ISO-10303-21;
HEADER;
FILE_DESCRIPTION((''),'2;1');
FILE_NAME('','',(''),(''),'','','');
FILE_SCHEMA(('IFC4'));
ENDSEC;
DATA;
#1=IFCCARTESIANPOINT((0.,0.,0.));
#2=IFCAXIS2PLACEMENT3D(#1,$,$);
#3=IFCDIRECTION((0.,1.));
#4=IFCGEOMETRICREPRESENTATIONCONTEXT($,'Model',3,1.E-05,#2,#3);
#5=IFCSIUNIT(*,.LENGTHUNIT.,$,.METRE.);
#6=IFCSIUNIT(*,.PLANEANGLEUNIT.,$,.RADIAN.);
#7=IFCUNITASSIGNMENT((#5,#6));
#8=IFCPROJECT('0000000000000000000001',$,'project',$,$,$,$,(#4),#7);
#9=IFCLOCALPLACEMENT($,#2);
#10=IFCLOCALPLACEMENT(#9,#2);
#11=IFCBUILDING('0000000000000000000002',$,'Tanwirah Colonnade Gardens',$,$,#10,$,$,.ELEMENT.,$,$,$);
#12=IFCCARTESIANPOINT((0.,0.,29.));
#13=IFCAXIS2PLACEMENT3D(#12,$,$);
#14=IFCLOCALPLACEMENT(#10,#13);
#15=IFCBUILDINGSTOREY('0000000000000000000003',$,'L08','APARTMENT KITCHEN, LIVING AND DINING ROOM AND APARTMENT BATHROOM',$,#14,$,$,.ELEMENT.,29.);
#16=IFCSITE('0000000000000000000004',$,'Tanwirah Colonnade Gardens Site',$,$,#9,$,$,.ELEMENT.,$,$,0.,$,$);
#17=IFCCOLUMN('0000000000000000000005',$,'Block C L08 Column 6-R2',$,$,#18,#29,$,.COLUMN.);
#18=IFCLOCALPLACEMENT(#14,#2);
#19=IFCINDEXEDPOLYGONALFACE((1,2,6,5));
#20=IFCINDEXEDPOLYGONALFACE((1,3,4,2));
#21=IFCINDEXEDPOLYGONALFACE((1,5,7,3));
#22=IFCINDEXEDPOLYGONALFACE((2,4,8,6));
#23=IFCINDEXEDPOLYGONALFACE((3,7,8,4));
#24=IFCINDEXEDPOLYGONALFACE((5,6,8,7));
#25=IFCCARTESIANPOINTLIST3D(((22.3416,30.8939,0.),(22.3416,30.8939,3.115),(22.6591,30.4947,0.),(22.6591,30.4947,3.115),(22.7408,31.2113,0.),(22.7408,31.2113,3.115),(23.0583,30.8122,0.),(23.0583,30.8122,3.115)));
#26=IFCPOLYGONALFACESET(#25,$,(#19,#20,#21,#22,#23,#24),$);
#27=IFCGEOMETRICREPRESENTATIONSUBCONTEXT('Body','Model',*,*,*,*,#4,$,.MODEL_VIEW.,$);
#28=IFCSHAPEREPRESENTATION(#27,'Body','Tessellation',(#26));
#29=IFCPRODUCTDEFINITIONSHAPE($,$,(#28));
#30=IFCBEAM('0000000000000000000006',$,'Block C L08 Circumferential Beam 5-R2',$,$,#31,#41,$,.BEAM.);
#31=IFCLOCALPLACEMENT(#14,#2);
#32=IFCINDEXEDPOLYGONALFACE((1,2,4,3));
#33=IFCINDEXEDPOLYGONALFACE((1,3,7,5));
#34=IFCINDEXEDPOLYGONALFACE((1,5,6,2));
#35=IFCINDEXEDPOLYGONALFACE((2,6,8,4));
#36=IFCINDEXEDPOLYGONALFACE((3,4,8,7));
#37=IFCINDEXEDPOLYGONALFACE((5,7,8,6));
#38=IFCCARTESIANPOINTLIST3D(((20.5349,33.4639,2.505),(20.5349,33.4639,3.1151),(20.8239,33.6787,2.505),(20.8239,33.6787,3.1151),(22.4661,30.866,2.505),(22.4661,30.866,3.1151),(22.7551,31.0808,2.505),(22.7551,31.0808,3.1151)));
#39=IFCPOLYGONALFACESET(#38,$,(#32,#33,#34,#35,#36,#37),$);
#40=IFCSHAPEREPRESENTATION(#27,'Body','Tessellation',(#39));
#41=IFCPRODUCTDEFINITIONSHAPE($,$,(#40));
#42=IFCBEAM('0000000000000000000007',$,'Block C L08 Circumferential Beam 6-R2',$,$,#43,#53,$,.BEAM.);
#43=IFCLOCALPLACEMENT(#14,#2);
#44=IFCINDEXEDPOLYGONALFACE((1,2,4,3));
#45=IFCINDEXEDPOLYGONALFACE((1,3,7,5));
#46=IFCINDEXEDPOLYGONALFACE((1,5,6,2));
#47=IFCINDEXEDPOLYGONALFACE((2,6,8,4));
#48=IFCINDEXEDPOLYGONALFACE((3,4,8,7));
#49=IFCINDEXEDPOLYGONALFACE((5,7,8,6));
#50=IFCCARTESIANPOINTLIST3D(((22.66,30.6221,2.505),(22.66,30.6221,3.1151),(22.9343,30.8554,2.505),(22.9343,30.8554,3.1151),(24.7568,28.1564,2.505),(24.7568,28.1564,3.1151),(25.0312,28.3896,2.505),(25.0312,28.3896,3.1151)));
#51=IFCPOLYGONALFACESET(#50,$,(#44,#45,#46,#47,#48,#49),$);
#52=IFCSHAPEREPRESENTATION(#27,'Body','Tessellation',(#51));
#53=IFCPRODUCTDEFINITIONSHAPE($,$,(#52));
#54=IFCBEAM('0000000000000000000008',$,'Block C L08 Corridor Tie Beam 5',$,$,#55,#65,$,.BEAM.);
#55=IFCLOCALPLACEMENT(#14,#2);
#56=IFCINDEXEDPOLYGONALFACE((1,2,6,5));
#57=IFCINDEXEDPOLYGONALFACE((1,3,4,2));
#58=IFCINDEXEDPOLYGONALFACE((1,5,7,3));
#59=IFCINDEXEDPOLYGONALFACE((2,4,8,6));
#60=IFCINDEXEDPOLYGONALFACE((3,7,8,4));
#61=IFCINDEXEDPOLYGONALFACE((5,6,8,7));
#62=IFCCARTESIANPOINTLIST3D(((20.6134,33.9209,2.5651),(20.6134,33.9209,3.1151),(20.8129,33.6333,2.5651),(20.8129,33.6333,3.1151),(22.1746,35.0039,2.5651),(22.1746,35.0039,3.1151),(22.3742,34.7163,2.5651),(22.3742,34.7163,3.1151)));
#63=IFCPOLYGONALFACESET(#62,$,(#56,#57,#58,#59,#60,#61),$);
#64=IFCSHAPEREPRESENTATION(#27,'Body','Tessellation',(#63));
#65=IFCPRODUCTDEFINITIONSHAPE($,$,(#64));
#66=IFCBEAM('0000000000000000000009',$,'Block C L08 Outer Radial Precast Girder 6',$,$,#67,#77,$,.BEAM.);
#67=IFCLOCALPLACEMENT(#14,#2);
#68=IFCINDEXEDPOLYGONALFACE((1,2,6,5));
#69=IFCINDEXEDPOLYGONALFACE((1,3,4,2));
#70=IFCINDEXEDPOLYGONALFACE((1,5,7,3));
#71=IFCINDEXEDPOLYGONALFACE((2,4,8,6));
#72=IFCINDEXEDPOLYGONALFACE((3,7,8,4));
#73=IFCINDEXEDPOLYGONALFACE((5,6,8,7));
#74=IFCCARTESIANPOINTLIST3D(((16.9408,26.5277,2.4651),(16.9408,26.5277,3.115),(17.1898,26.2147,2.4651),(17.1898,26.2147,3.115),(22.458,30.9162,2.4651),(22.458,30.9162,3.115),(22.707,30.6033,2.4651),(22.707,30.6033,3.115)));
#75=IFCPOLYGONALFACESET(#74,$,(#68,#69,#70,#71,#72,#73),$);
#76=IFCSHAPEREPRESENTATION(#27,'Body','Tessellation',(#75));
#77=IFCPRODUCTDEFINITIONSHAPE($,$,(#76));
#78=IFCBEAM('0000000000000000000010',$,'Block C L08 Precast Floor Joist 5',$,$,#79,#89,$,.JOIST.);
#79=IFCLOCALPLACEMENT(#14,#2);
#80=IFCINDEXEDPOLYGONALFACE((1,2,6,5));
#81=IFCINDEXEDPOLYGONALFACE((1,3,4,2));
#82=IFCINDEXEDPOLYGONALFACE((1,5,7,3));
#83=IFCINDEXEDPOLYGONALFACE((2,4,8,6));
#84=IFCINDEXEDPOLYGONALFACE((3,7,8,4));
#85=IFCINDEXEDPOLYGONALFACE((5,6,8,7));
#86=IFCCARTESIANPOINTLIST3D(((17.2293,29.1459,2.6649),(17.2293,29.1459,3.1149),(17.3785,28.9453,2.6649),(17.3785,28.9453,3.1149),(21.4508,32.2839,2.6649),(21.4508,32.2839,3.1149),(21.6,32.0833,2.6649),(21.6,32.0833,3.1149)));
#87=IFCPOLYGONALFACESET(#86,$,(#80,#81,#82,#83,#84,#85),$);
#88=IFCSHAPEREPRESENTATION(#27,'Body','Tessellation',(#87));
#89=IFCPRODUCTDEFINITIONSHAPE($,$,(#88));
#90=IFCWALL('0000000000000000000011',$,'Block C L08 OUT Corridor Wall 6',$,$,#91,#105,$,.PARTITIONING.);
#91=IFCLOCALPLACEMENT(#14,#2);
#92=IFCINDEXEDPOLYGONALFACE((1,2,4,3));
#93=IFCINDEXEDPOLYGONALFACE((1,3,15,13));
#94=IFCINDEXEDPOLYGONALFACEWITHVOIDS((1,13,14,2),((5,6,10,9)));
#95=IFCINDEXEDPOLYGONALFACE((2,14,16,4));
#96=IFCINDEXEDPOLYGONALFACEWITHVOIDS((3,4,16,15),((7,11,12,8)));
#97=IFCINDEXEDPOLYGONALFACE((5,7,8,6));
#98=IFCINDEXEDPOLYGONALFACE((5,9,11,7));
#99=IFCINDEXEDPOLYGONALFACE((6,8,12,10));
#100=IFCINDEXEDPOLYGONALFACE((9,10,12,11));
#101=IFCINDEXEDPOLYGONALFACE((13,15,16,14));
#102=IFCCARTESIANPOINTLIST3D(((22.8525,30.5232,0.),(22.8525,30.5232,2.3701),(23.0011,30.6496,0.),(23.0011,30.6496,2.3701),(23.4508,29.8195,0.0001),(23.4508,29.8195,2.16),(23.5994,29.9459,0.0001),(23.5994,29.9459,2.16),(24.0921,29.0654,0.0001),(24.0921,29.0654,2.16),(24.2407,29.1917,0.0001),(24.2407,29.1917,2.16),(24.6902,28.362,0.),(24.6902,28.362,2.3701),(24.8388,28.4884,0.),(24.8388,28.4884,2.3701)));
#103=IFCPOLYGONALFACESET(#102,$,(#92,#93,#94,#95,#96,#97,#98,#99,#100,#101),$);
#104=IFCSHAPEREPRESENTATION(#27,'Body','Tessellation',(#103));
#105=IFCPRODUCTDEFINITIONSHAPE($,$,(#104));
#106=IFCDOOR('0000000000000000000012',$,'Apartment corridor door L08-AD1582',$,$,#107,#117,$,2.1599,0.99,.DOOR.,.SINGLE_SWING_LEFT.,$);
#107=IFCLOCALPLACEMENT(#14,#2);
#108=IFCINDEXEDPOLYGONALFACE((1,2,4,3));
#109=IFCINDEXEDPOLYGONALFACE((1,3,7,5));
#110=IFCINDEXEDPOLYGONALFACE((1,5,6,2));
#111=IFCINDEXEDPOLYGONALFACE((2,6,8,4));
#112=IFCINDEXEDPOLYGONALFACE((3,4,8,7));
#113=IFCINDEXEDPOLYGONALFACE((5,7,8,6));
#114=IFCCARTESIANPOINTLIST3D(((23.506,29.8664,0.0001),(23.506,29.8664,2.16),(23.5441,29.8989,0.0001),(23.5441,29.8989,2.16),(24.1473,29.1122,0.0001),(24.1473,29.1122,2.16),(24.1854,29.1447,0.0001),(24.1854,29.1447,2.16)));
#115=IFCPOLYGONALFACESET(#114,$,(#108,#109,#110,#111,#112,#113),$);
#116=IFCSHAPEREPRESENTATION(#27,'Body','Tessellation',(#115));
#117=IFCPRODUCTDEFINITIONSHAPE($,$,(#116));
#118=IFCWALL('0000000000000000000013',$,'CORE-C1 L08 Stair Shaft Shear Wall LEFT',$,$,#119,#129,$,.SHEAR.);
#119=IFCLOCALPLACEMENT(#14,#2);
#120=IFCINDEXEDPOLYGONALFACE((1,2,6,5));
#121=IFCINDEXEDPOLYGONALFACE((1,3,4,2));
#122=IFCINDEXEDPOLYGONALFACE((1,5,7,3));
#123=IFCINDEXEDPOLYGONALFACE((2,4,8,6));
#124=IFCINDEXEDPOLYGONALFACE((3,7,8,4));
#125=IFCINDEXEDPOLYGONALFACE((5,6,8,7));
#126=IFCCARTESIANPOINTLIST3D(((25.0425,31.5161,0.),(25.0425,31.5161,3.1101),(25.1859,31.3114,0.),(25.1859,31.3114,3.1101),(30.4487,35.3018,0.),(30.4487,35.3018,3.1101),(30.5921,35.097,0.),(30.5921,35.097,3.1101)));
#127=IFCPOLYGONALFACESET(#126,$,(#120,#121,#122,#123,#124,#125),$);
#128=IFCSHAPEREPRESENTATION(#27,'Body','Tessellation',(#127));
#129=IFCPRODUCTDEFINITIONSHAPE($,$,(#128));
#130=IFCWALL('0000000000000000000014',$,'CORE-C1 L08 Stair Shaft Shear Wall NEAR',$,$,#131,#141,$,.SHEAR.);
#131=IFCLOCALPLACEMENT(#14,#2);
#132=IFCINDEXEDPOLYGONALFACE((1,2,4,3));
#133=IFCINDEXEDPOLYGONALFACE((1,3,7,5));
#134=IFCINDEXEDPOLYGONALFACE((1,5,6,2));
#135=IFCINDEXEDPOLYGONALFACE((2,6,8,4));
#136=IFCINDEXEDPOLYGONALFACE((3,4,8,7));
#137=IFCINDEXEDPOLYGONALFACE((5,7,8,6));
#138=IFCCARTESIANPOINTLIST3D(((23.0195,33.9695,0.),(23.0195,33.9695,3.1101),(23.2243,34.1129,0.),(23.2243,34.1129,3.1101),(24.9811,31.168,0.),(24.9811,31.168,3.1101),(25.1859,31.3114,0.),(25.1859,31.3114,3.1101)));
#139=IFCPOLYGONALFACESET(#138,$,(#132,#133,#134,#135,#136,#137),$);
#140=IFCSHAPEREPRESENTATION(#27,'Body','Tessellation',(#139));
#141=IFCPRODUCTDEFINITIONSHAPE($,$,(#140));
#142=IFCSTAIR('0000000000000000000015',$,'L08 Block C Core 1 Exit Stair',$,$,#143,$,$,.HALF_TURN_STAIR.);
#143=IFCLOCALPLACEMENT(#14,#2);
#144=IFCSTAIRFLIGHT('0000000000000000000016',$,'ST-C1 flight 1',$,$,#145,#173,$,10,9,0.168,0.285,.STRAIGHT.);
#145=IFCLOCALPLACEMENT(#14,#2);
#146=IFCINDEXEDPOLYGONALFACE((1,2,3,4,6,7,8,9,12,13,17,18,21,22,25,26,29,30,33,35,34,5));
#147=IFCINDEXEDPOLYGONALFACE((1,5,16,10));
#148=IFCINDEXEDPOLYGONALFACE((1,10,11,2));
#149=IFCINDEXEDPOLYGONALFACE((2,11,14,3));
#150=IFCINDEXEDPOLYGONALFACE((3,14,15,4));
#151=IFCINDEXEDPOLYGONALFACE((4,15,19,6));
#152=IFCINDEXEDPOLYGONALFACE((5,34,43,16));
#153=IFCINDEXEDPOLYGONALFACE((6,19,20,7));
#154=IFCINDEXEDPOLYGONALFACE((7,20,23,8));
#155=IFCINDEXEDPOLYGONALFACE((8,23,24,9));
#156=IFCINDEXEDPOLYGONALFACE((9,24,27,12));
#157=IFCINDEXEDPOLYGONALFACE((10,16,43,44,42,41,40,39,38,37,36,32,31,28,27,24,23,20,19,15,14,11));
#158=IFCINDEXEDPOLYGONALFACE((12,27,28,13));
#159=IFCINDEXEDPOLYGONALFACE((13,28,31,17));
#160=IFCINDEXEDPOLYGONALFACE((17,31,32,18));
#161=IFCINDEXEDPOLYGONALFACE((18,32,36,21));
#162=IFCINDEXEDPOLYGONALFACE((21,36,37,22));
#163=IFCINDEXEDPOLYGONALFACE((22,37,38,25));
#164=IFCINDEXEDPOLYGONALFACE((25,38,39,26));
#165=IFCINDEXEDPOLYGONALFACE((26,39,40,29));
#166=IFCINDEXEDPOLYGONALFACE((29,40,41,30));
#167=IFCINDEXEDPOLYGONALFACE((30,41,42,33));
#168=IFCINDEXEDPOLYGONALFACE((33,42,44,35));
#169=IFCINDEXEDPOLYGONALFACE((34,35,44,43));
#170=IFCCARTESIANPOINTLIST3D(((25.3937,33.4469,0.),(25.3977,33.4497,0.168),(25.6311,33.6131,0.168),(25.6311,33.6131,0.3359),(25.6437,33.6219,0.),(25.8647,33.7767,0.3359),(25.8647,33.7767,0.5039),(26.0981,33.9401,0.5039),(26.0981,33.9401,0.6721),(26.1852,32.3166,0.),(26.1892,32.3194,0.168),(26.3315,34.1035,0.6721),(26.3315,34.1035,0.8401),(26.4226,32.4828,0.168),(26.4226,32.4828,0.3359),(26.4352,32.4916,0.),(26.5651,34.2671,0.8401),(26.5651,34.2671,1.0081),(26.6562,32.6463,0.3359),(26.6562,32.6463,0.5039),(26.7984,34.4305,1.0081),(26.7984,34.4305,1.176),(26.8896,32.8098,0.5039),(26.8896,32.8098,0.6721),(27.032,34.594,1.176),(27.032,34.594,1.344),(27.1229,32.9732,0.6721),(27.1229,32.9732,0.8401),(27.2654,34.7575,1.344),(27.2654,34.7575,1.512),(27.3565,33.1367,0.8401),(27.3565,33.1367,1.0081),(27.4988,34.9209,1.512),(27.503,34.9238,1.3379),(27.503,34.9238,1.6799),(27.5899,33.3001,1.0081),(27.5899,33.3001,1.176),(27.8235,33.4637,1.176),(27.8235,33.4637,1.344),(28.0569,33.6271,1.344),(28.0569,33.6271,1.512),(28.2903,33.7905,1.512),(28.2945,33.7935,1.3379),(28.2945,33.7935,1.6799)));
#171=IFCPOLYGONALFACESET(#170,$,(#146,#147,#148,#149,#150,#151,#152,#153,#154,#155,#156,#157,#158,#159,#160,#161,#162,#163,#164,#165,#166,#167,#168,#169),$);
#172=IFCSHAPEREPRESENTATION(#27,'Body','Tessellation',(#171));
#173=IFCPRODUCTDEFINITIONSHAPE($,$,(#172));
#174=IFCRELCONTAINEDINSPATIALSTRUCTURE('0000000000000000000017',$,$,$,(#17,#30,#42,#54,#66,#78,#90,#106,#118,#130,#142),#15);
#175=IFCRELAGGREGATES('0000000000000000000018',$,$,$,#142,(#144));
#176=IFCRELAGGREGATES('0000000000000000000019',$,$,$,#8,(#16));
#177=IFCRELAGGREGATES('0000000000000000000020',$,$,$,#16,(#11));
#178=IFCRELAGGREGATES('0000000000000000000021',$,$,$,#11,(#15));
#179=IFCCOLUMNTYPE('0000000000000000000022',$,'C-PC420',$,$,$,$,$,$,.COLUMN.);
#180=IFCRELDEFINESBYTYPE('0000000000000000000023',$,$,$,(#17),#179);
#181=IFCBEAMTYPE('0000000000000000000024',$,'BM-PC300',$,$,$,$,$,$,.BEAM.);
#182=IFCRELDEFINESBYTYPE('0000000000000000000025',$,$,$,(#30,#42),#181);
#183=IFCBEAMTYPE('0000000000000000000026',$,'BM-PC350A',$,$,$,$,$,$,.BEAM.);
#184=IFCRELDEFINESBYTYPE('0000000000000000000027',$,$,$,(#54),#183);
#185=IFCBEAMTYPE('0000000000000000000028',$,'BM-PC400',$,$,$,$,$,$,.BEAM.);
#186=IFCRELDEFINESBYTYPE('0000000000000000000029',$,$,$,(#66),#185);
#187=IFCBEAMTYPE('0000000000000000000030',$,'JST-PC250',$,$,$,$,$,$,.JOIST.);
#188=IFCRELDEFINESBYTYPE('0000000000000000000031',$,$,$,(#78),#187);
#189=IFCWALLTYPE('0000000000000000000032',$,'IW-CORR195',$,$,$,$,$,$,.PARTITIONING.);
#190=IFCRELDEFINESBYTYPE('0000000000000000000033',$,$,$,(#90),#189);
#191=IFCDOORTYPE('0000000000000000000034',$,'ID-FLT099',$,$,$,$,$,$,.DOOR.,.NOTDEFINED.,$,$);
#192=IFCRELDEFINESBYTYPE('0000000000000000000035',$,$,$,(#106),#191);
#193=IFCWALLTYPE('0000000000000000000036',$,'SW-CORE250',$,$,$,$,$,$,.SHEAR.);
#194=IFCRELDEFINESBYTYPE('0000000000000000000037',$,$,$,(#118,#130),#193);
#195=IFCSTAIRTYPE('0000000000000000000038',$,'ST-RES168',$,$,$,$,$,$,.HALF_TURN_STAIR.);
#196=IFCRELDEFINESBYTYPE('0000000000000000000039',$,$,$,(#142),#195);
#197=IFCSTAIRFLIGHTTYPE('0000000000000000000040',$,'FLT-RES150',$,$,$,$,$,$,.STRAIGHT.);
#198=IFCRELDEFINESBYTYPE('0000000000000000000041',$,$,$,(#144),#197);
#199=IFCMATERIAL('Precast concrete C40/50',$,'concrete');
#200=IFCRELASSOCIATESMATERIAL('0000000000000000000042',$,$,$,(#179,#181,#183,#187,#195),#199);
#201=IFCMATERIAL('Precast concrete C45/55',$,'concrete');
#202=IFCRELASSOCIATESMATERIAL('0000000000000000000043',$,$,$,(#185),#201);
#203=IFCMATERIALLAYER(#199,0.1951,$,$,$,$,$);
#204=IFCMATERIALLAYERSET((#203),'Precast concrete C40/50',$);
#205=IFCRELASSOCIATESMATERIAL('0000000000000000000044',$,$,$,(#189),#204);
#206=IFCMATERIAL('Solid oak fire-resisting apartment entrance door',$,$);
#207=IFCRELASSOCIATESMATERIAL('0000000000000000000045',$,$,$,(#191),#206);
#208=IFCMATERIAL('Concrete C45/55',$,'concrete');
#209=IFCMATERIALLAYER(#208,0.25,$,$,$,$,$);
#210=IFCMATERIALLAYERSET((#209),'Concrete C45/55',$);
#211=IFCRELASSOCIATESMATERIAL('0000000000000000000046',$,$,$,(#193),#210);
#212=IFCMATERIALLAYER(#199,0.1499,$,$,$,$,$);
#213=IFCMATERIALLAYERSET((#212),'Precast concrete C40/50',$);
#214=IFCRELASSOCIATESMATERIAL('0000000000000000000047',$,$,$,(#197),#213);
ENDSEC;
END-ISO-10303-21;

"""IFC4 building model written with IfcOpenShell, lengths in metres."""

from ifc_helpers import new_model, si_unit, direction, frame, frame_2d, origin, origin_2d, place, context, subcontext, project, spatial, polyline, rectangle, outline, extrude, material, layer, layer_set, material_profile, profile_set, type_object, element, fill, aggregate, save


model = new_model("IFC4")

# Units and contexts
model_context = context("Model", 3, precision=1e-05, world=origin(), true_north=direction((0.0, 1.0)))
body_context = subcontext(model_context, "Body", "Model", "MODEL_VIEW")
ifc_project = project(units=[si_unit("LENGTHUNIT", "METRE"), si_unit("PLANEANGLEUNIT", "RADIAN")], contexts=[model_context])

# Site, building, storey
site_placement = place(None, origin())
site = spatial("IfcSite", under=ifc_project, at=site_placement, Name="Tanwirah Colonnade Gardens Site", CompositionType="ELEMENT", RefElevation=0.0)
building_placement = place(site_placement, origin())
building = spatial("IfcBuilding", under=site, at=building_placement, Name="Tanwirah Colonnade Gardens", CompositionType="ELEMENT")
storey_placement = place(building_placement, frame((0.0, 0.0, 29.0)))
storey = spatial("IfcBuildingStorey", under=building, at=storey_placement, Name="L08", Description="APARTMENT KITCHEN, LIVING AND DINING ROOM AND APARTMENT BATHROOM", CompositionType="ELEMENT", Elevation=29.0)

# Column
ifc_material_1 = material(Name="Precast concrete C40/50", Category="concrete")
ifc_material_profile_1 = material_profile(ifc_material_1, rectangle(XDim=0.51, YDim=0.51, at=origin_2d()), Name="PC-COL 510x510")
ifc_profile_set_1 = profile_set([ifc_material_profile_1], Name="Precast concrete C40/50")
column_type = type_object("IfcColumnType", Name="C-PC420", PredefinedType="COLUMN", material=ifc_profile_set_1)
column_placement = place(storey_placement, frame((22.7, 30.853, 0.0), z_axis=(0.0, 0.0, 1.0), x_axis=(-0.782608, -0.622515, 0.0)))
element("IfcColumn", 1, at=column_placement, inside=storey, type_object=column_type, Name="Block C L08 Column 6-R2", PredefinedType="COLUMN", context=body_context, shape_type="SweptSolid", body=[
    extrude(rectangle(XDim=0.51, YDim=0.51, at=origin_2d()), origin(), (0.0, 0.0, 1.0), 3.115),
])

# Beams
ifc_material_profile_2 = material_profile(ifc_material_1, rectangle(XDim=0.3601, YDim=0.6101, at=origin_2d()), Name="PC-BM 360x610")
ifc_profile_set_2 = profile_set([ifc_material_profile_2], Name="Precast concrete C40/50")
beam_type_1 = type_object("IfcBeamType", Name="BM-PC300", PredefinedType="BEAM", material=ifc_profile_set_2)
beam_1_placement = place(storey_placement, frame((20.6794, 33.5713, 2.8101), z_axis=(0.596579, -0.802554, 0.0), x_axis=(0.802554, 0.596579, 0.0)))
element("IfcBeam", 2, at=beam_1_placement, inside=storey, type_object=beam_type_1, Name="Block C L08 Circumferential Beam 5-R2", PredefinedType="BEAM", context=body_context, shape_type="SweptSolid", body=[
    extrude(rectangle(XDim=0.3601, YDim=0.6101, at=origin_2d()), origin(), (0.0, 0.0, 1.0), 3.2371),
])
beam_2_placement = place(storey_placement, frame((22.7971, 30.7388, 2.8101), z_axis=(0.647824, -0.76179, 0.0), x_axis=(0.76179, 0.647824, 0.0)))
element("IfcBeam", 3, at=beam_2_placement, inside=storey, type_object=beam_type_1, Name="Block C L08 Circumferential Beam 6-R2", PredefinedType="BEAM", context=body_context, shape_type="SweptSolid", body=[
    extrude(rectangle(XDim=0.3601, YDim=0.6101, at=origin_2d()), origin(), (0.0, 0.0, 1.0), 3.2368),
])
ifc_material_profile_3 = material_profile(ifc_material_1, rectangle(XDim=0.3501, YDim=0.55, at=origin_2d()), Name="PC-BM 350x550")
ifc_profile_set_3 = profile_set([ifc_material_profile_3], Name="Precast concrete C40/50")
beam_type_2 = type_object("IfcBeamType", Name="BM-PC350A", PredefinedType="BEAM", material=ifc_profile_set_3)
beam_3_placement = place(storey_placement, frame((22.2744, 34.8601, 2.8401), z_axis=(-0.821669, -0.569965, 0.0), x_axis=(0.569965, -0.821669, 0.0)))
element("IfcBeam", 4, at=beam_3_placement, inside=storey, type_object=beam_type_2, Name="Block C L08 Corridor Tie Beam 5", PredefinedType="BEAM", context=body_context, shape_type="SweptSolid", body=[
    extrude(rectangle(XDim=0.3501, YDim=0.55, at=origin_2d()), origin(), (0.0, 0.0, 1.0), 1.9001),
])
ifc_material_2 = material(Name="Precast concrete C45/55", Category="concrete")
ifc_material_profile_4 = material_profile(ifc_material_2, rectangle(XDim=0.3999, YDim=0.6499, at=origin_2d()), Name="PC-BM 400x650")
ifc_profile_set_4 = profile_set([ifc_material_profile_4], Name="Precast concrete C45/55")
beam_type_3 = type_object("IfcBeamType", Name="BM-PC400", PredefinedType="BEAM", material=ifc_profile_set_4)
beam_4_placement = place(storey_placement, frame((22.5825, 30.7598, 2.79), z_axis=(-0.782609, -0.622513, 0.0), x_axis=(0.622513, -0.782609, 0.0)))
element("IfcBeam", 5, at=beam_4_placement, inside=storey, type_object=beam_type_3, Name="Block C L08 Outer Radial Precast Girder 6", PredefinedType="BEAM", context=body_context, shape_type="SweptSolid", body=[
    extrude(rectangle(XDim=0.3999, YDim=0.6499, at=origin_2d()), origin(), (0.0, 0.0, 1.0), 7.0498),
])
ifc_material_profile_5 = material_profile(ifc_material_1, rectangle(XDim=0.25, YDim=0.45, at=origin_2d()), Name="PC-JST 250x450")
ifc_profile_set_5 = profile_set([ifc_material_profile_5], Name="Precast concrete C40/50")
beam_type_4 = type_object("IfcBeamType", Name="JST-PC250", PredefinedType="JOIST", material=ifc_profile_set_5)
beam_5_placement = place(storey_placement, frame((21.5254, 32.1836, 2.8899), z_axis=(-0.80256, -0.596571, 0.0), x_axis=(0.596571, -0.80256, 0.0)))
element("IfcBeam", 6, at=beam_5_placement, inside=storey, type_object=beam_type_4, Name="Block C L08 Precast Floor Joist 5", PredefinedType="JOIST", context=body_context, shape_type="SweptSolid", body=[
    extrude(rectangle(XDim=0.25, YDim=0.45, at=origin_2d()), origin(), (0.0, 0.0, 1.0), 5.26),
])

# Wall, opening, door
ifc_layer_1 = layer(ifc_material_1, 0.1951)
ifc_layer_set_1 = layer_set([ifc_layer_1], Name="Precast concrete C40/50")
wall_type_1 = type_object("IfcWallType", Name="IW-CORR195", PredefinedType="PARTITIONING", material=ifc_layer_set_1)
ifc_material_3 = material(Name="Solid oak fire-resisting apartment entrance door")
wall_1_placement = place(storey_placement, frame((22.9268, 30.5864, 0.0), z_axis=(0.0, 0.0, 1.0), x_axis=(0.647788, -0.76182, 0.0)))
wall_1 = element("IfcWall", 7, at=wall_1_placement, inside=storey, type_object=wall_type_1, Name="Block C L08 OUT Corridor Wall 6", PredefinedType="PARTITIONING", context=body_context, shape_type="SweptSolid", body=[
    extrude(rectangle(XDim=2.8369, YDim=0.1951, at=frame_2d((1.4185, 0.0))), origin(), (0.0, 0.0, 1.0), 2.3701),
])
opening_1_placement = place(wall_1_placement, frame((0.9236, 0.0, 0.0)))
opening_1 = element("IfcOpeningElement", 8, at=opening_1_placement, cuts=wall_1, PredefinedType="OPENING", context=body_context, shape_type="SweptSolid", body=[
    extrude(rectangle(XDim=0.99, YDim=2.1599, at=frame_2d((0.4951, 1.0801))), frame((0.0, 0.1074, 0.0), z_axis=(0.0, -1.0, 0.0), x_axis=(1.0, 0.0, 0.0)), (0.0, 0.0, 1.0), 0.2151),
])
door_type_1 = type_object("IfcDoorType", Name="ID-FLT099", OperationType="NOTDEFINED", PredefinedType="DOOR", material=ifc_material_3)
door_1_placement = place(opening_1_placement, origin())
door_1 = element("IfcDoor", 9, at=door_1_placement, inside=storey, type_object=door_type_1, Name="Apartment corridor door L08-AD1582", OperationType="SINGLE_SWING_LEFT", OverallHeight=2.1599, OverallWidth=0.99, PredefinedType="DOOR", context=body_context, shape_type="SweptSolid", body=[
    extrude(rectangle(XDim=0.99, YDim=2.1599, at=frame_2d((0.4951, 1.0801))), frame((0.0, 0.0249, 0.0), z_axis=(0.0, -1.0, 0.0), x_axis=(1.0, 0.0, 0.0)), (0.0, 0.0, 1.0), 0.05),
])
fill(opening_1, door_1)

# Walls
ifc_material_4 = material(Name="Concrete C45/55", Category="concrete")
ifc_layer_2 = layer(ifc_material_4, 0.25)
ifc_layer_set_2 = layer_set([ifc_layer_2], Name="Concrete C45/55")
wall_type_2 = type_object("IfcWallType", Name="SW-CORE250", PredefinedType="SHEAR", material=ifc_layer_set_2)
wall_2_placement = place(storey_placement, frame((25.1143, 31.4138, 0.0), z_axis=(0.0, 0.0, 1.0), x_axis=(0.819142, 0.573591, 0.0)))
element("IfcWall", 10, at=wall_2_placement, inside=storey, type_object=wall_type_2, Name="CORE-C1 L08 Stair Shaft Shear Wall LEFT", PredefinedType="SHEAR", context=body_context, shape_type="SweptSolid", body=[
    extrude(rectangle(XDim=6.5999, YDim=0.25, at=frame_2d((3.2998, 0.0))), origin(), (0.0, 0.0, 1.0), 3.1101),
])
wall_3_placement = place(storey_placement, frame((25.0835, 31.2397, 0.0), z_axis=(0.0, 0.0, 1.0), x_axis=(-0.573582, 0.819148, 0.0)))
element("IfcWall", 11, at=wall_3_placement, inside=storey, type_object=wall_type_2, Name="CORE-C1 L08 Stair Shaft Shear Wall NEAR", PredefinedType="SHEAR", context=body_context, shape_type="SweptSolid", body=[
    extrude(rectangle(XDim=3.4199, YDim=0.25, at=frame_2d((1.71, 0.0))), origin(), (0.0, 0.0, 1.0), 3.1101),
])

# Stair, stair flight
stair_type = type_object("IfcStairType", Name="ST-RES168", PredefinedType="HALF_TURN_STAIR", material=ifc_material_1)
stair_placement = place(storey_placement, origin())
stair = element("IfcStair", 12, at=stair_placement, inside=storey, type_object=stair_type, Name="L08 Block C Core 1 Exit Stair", PredefinedType="HALF_TURN_STAIR")
ifc_layer_3 = layer(ifc_material_1, 0.1499)
ifc_layer_set_3 = layer_set([ifc_layer_3], Name="Precast concrete C40/50")
stair_flight_type = type_object("IfcStairFlightType", Name="FLT-RES150", PredefinedType="STRAIGHT", material=ifc_layer_set_3)
stair_flight_placement = place(storey_placement, frame((25.7935, 32.8845, 0.0), z_axis=(0.0, 0.0, 1.0), x_axis=(0.819152, 0.573576, 0.0)))
stair_flight = element("IfcStairFlight", 13, at=stair_flight_placement, type_object=stair_flight_type, Name="ST-C1 flight 1", NumberOfRisers=10, NumberOfTreads=9, PredefinedType="STRAIGHT", RiserHeight=0.168, TreadLength=0.285, context=body_context, shape_type="SweptSolid", body=[
    extrude(outline(polyline([(-0.0049, 0.0), (0.0, 0.168), (0.2849, 0.168), (0.2849, 0.3359), (0.5701, 0.3359), (0.5701, 0.5039), (0.855, 0.5039), (0.855, 0.6721), (1.1399, 0.6721), (1.1399, 0.8401), (1.425, 0.8401), (1.425, 1.0081), (1.71, 1.0081), (1.71, 1.176), (1.9951, 1.176), (1.9951, 1.344), (2.28, 1.344), (2.28, 1.512), (2.5649, 1.512), (2.5701, 1.6799), (2.5701, 1.3379), (0.3003, 0.0), (-0.0049, 0.0)])), frame((0.0, 0.6899, 0.0), z_axis=(0.0, -1.0, 0.0), x_axis=(1.0, 0.0, 0.0)), (0.0, 0.0, 1.0), 1.3799),
])
aggregate(stair, [stair_flight])

save(model, "model.ifc")
